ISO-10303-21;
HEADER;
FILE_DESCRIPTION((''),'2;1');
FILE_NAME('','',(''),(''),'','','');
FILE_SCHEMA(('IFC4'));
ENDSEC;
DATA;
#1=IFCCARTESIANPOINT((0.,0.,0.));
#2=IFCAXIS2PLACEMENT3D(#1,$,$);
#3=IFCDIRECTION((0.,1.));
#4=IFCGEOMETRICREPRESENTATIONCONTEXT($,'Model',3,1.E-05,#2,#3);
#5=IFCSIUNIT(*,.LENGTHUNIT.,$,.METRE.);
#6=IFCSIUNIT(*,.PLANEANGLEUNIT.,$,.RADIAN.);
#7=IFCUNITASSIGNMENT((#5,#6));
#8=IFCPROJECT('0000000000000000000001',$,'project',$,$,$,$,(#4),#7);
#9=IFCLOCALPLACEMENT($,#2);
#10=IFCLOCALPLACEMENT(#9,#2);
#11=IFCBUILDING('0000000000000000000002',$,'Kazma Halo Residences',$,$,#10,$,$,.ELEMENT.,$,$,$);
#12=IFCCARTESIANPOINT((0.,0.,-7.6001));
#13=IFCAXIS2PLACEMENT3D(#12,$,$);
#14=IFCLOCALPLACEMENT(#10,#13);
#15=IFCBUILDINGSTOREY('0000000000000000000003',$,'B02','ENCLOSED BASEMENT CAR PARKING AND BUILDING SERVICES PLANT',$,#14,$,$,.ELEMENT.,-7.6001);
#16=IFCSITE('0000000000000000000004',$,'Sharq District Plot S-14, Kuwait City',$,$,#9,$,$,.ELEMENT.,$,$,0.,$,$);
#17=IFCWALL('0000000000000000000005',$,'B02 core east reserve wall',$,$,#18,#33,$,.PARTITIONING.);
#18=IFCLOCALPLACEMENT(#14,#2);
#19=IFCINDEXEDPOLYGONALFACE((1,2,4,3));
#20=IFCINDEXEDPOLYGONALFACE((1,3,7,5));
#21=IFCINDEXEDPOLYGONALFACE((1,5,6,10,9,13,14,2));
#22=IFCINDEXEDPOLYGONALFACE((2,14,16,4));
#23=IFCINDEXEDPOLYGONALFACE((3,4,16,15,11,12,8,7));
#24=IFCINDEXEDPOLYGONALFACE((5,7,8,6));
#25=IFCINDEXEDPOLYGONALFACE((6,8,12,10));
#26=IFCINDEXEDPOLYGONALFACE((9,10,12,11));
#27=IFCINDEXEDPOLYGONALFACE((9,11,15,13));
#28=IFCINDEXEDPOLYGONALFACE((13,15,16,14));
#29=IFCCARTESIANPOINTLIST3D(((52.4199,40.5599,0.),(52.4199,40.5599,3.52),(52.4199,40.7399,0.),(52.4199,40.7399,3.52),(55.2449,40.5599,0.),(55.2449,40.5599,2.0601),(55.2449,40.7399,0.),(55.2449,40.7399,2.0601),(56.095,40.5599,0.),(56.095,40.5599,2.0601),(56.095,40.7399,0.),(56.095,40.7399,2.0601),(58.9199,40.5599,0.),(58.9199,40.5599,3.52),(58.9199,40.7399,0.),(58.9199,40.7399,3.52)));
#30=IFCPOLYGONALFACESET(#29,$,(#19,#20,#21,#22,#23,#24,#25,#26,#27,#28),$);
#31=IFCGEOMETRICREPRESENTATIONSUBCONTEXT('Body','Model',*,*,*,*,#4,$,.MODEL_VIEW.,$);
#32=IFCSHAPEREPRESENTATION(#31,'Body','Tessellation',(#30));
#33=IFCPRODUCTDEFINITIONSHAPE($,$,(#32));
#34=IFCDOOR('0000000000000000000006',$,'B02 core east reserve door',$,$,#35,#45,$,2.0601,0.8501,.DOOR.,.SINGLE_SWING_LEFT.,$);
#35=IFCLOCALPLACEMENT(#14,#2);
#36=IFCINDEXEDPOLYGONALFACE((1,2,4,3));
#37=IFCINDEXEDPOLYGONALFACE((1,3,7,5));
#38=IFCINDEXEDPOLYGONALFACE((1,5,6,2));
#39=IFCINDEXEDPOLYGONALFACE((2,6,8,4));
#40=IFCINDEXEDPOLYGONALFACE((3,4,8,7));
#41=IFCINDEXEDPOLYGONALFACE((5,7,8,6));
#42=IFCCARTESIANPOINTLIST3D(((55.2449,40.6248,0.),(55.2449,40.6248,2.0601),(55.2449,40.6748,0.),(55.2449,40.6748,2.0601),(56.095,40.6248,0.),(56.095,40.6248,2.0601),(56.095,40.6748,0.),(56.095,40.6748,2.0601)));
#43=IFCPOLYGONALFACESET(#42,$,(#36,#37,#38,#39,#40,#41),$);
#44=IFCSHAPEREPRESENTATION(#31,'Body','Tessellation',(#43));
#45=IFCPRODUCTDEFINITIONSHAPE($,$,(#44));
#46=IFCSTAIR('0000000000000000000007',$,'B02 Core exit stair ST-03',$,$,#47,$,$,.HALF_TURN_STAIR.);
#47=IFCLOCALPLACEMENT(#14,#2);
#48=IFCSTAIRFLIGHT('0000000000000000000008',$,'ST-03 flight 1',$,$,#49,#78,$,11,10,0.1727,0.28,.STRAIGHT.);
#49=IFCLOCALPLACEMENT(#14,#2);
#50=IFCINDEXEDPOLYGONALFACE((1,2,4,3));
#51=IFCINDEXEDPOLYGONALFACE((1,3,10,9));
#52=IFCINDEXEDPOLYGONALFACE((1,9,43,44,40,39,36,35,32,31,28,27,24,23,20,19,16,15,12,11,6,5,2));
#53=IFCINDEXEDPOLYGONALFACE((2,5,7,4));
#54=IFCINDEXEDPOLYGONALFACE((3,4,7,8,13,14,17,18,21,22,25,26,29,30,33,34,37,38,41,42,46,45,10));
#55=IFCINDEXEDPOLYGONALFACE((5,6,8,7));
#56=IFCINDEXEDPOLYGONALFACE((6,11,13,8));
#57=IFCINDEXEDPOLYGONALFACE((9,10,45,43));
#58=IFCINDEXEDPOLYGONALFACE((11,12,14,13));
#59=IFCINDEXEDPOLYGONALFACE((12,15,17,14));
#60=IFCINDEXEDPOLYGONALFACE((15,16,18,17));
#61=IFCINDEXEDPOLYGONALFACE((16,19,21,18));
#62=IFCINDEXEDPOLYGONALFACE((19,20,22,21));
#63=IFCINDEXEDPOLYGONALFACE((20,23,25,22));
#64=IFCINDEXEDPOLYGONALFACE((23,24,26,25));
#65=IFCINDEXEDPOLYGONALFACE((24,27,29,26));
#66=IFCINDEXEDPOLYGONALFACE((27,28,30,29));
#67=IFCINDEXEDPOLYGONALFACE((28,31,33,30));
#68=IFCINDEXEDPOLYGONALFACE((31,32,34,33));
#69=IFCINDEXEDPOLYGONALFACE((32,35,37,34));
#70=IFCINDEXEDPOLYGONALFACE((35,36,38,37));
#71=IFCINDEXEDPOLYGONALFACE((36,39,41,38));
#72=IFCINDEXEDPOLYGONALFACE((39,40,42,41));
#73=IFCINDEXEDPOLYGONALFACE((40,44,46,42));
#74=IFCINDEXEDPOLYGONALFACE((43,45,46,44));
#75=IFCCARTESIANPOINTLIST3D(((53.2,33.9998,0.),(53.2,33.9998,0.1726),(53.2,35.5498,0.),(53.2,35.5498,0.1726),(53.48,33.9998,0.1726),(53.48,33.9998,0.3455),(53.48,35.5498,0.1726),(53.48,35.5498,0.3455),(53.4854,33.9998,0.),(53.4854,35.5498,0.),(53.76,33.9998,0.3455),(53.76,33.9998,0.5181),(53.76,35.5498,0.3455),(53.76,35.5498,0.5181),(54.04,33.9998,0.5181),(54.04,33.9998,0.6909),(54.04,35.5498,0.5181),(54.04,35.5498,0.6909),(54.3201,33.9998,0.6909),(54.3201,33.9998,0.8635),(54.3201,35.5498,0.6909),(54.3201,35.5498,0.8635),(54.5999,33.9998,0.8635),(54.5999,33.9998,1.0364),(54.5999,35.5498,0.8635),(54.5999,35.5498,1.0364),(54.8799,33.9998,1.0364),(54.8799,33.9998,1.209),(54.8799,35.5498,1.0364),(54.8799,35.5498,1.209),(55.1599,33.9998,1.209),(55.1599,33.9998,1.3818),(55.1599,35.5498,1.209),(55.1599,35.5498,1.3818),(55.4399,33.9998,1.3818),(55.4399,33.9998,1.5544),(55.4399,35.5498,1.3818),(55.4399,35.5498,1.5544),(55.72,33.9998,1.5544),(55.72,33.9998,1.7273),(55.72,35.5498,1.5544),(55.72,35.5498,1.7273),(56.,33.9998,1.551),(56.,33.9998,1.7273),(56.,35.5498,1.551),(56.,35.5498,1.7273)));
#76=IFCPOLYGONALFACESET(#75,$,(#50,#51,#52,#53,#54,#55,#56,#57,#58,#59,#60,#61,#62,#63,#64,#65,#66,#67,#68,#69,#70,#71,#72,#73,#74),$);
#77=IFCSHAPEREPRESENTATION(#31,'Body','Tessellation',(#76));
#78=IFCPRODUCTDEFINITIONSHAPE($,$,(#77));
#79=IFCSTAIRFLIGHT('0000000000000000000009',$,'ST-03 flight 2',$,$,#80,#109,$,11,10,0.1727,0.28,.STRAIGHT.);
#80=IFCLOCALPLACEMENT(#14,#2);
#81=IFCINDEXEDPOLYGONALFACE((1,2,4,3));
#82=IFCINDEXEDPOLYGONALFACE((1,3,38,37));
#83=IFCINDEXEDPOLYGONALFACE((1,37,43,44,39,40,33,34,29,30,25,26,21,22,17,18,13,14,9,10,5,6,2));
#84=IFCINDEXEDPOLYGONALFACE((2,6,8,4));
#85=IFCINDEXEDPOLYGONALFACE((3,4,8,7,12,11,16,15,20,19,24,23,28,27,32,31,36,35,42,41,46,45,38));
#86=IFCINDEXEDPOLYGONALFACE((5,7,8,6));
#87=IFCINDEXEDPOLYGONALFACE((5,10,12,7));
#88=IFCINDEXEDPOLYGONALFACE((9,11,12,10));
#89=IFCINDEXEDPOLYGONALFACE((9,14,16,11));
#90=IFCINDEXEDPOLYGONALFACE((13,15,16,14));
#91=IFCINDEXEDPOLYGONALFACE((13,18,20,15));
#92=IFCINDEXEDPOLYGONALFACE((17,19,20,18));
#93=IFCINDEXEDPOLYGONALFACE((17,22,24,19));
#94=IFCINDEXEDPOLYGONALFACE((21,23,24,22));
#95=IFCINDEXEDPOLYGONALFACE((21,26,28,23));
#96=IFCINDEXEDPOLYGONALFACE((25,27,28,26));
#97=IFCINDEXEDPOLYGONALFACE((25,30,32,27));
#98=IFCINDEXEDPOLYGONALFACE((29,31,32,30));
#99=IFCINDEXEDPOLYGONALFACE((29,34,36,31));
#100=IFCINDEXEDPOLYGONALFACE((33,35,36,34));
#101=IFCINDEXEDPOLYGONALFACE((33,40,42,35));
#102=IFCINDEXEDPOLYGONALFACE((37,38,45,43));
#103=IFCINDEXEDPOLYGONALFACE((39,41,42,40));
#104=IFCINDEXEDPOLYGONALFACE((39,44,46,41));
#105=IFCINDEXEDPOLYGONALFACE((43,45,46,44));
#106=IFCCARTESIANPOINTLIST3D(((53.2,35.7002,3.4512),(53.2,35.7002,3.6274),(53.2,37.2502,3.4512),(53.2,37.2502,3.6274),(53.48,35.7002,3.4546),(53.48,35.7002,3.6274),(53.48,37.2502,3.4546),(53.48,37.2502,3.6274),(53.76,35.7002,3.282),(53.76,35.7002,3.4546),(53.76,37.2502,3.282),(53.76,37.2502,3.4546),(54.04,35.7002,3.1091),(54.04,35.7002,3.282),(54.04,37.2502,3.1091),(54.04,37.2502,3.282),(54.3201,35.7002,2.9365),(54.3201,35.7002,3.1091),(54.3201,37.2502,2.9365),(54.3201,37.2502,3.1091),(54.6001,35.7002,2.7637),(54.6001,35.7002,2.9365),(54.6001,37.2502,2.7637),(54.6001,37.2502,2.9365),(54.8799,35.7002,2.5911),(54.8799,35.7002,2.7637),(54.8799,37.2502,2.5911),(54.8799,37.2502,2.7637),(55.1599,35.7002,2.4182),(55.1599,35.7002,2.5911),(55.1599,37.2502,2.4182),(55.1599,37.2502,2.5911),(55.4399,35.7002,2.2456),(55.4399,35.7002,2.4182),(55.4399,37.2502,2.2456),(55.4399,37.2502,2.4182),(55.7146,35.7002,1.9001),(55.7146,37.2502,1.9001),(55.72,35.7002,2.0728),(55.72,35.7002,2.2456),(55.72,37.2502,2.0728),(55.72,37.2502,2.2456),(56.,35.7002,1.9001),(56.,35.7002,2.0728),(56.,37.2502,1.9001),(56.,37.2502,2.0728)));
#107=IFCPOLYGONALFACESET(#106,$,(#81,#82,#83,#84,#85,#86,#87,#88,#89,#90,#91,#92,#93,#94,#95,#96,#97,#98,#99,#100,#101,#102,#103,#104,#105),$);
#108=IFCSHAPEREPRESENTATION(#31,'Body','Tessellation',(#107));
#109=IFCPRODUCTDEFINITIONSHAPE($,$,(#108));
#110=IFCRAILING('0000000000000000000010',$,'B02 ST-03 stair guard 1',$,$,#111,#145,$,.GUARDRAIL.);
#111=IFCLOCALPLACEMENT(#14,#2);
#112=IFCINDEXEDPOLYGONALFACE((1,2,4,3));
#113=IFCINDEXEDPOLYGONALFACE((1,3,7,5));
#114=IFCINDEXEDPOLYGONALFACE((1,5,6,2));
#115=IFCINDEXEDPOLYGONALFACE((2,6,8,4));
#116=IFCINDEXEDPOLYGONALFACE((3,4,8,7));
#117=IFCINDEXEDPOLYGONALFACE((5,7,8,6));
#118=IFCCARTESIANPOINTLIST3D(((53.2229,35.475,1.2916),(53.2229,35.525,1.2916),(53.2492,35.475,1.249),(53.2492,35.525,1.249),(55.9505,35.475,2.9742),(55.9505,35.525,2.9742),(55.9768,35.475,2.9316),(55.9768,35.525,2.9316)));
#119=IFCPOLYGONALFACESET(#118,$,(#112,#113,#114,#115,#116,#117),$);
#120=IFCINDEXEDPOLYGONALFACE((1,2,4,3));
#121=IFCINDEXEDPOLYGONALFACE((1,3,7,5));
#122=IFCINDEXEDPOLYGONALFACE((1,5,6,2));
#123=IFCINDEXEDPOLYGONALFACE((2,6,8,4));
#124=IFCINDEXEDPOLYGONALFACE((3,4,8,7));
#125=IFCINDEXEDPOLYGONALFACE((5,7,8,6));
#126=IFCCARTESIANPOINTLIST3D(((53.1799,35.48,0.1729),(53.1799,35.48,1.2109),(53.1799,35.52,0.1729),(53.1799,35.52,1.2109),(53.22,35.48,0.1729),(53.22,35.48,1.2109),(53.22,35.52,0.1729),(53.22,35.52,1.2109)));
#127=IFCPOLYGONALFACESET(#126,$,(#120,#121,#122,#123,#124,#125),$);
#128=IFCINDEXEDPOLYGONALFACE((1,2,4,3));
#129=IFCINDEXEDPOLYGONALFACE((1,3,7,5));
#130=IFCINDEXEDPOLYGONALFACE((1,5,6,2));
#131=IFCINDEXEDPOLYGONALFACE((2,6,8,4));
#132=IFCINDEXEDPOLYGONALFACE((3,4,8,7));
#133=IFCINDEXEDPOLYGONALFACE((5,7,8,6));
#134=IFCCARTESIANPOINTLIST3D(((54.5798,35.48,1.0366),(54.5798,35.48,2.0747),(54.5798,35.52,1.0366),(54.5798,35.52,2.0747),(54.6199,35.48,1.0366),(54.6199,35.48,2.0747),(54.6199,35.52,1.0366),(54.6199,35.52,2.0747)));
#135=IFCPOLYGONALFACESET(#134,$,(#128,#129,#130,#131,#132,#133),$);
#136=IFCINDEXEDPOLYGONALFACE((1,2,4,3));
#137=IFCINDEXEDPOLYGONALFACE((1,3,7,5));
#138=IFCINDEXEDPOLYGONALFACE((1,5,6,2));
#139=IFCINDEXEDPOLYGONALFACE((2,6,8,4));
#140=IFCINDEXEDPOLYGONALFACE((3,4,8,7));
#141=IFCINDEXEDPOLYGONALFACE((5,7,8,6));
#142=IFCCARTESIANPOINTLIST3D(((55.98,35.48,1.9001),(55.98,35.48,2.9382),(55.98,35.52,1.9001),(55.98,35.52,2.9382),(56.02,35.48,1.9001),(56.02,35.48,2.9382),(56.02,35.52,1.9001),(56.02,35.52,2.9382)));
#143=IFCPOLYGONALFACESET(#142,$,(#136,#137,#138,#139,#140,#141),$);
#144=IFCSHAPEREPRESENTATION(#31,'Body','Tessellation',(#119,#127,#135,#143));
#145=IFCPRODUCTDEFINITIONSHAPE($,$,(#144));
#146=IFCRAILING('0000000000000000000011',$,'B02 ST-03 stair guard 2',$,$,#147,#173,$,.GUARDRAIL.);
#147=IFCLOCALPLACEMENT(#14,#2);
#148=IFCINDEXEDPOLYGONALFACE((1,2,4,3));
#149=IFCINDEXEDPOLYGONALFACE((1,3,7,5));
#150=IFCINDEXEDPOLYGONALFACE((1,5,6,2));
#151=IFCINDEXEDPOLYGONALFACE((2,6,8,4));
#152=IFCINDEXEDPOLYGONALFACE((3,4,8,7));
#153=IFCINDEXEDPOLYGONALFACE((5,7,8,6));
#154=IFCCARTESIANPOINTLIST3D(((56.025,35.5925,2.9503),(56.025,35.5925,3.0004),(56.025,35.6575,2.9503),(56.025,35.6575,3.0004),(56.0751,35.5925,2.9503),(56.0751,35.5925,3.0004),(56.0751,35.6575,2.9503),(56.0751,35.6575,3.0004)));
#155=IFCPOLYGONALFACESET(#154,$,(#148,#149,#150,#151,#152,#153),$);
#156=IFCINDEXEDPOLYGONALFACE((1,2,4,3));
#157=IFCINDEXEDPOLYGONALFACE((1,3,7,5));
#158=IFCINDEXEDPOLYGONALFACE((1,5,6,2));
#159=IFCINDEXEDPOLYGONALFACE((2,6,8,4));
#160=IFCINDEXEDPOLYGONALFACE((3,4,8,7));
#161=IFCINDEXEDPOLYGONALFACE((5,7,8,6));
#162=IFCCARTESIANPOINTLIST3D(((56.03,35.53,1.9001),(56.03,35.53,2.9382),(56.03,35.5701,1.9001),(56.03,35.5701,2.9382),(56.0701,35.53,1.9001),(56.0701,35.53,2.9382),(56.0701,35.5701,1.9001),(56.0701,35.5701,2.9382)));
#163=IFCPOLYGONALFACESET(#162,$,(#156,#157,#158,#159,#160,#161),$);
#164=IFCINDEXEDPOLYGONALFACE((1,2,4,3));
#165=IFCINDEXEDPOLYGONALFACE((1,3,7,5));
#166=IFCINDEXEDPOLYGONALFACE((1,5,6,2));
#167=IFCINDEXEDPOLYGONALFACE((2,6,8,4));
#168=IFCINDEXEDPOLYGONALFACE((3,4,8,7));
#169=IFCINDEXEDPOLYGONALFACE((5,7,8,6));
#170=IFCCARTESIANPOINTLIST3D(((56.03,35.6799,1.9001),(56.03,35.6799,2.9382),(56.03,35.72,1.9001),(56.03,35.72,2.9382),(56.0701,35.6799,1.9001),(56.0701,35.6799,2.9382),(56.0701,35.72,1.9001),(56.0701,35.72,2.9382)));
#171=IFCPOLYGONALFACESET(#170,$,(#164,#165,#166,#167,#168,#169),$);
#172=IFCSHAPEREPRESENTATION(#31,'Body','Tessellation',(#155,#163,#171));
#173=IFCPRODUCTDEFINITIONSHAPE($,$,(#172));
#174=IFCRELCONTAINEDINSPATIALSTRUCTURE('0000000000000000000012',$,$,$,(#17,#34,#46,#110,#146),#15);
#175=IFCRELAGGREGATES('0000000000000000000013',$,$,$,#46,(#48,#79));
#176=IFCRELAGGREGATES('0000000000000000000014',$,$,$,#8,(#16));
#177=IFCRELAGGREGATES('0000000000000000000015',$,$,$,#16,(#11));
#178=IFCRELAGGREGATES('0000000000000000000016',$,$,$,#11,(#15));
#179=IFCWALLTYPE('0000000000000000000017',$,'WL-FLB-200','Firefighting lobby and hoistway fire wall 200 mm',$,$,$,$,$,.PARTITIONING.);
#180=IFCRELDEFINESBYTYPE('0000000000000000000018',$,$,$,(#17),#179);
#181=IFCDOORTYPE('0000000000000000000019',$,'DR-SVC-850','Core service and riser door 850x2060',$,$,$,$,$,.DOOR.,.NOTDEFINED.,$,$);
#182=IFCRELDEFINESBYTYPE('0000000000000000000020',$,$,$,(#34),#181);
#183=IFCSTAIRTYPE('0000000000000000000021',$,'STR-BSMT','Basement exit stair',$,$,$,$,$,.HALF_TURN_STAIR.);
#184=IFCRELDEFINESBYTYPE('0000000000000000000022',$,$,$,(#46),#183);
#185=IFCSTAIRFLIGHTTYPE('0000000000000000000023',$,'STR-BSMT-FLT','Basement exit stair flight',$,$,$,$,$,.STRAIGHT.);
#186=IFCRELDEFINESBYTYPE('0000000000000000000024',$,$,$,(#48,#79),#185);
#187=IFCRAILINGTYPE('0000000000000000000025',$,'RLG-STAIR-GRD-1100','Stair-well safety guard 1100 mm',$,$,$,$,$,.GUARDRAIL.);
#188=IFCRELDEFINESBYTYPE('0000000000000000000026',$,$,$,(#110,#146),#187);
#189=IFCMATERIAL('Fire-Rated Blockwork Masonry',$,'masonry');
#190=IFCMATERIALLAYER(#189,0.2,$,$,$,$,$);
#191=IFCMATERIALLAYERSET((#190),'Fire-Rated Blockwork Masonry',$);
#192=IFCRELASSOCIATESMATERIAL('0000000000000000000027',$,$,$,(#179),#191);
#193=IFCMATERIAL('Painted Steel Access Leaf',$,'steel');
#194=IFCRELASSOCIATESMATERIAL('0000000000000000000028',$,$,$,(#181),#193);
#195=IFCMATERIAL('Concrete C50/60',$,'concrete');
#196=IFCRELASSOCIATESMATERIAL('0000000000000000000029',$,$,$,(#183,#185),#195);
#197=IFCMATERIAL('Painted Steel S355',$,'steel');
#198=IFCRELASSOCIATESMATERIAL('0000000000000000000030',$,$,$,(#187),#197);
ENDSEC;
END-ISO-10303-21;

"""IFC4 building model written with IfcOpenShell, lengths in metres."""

from ifc_helpers import new_model, si_unit, direction, frame, frame_2d, origin, origin_2d, place, context, subcontext, project, spatial, polyline, rectangle, outline, extrude, material, layer, layer_set, type_object, element, fill, aggregate, save


model = new_model("IFC4")

# Units and contexts
model_context = context("Model", 3, precision=1e-05, world=origin(), true_north=direction((0.0, 1.0)))
body_context = subcontext(model_context, "Body", "Model", "MODEL_VIEW")
ifc_project = project(units=[si_unit("LENGTHUNIT", "METRE"), si_unit("PLANEANGLEUNIT", "RADIAN")], contexts=[model_context])

# Site, building, storey
site_placement = place(None, origin())
site = spatial("IfcSite", under=ifc_project, at=site_placement, Name="Sharq District Plot S-14, Kuwait City", CompositionType="ELEMENT", RefElevation=0.0)
building_placement = place(site_placement, origin())
building = spatial("IfcBuilding", under=site, at=building_placement, Name="Kazma Halo Residences", CompositionType="ELEMENT")
storey_placement = place(building_placement, frame((0.0, 0.0, -7.6001)))
storey = spatial("IfcBuildingStorey", under=building, at=storey_placement, Name="B02", Description="ENCLOSED BASEMENT CAR PARKING AND BUILDING SERVICES PLANT", CompositionType="ELEMENT", Elevation=-7.6001)

# Shared definitions
ifc_material_1 = material(Name="Fire-Rated Blockwork Masonry", Category="masonry")
ifc_layer_1 = layer(ifc_material_1, 0.2)
ifc_layer_set_1 = layer_set([ifc_layer_1], Name="Fire-Rated Blockwork Masonry")
wall_type_1 = type_object("IfcWallType", Name="WL-FLB-200", Description="Firefighting lobby and hoistway fire wall 200 mm", PredefinedType="PARTITIONING", material=ifc_layer_set_1)

# Wall, opening, door
wall_1_placement = place(storey_placement, frame((52.4199, 40.6499, 0.0), z_axis=(0.0, 0.0, 1.0), x_axis=(1.0, 0.0, 0.0)))
wall_1 = element("IfcWall", 1, at=wall_1_placement, inside=storey, type_object=wall_type_1, Name="B02 core east reserve wall", PredefinedType="PARTITIONING", context=body_context, shape_type="SweptSolid", body=[
    extrude(rectangle(XDim=6.5, YDim=0.1799, at=frame_2d((3.25, 0.0))), origin(), (0.0, 0.0, 1.0), 3.52),
])
opening_1_placement = place(wall_1_placement, frame((2.825, 0.0, 0.0)))
opening_1 = element("IfcOpeningElement", 2, at=opening_1_placement, cuts=wall_1, PredefinedType="OPENING", context=body_context, shape_type="SweptSolid", body=[
    extrude(rectangle(XDim=0.8501, YDim=2.0601, at=frame_2d((0.425, 1.03))), frame((0.0, 0.0999, 0.0), z_axis=(0.0, -1.0, 0.0), x_axis=(1.0, 0.0, 0.0)), (0.0, 0.0, 1.0), 0.2),
])
ifc_material_2 = material(Name="Painted Steel Access Leaf", Category="steel")
door_type_1 = type_object("IfcDoorType", Name="DR-SVC-850", Description="Core service and riser door 850x2060", OperationType="NOTDEFINED", PredefinedType="DOOR", material=ifc_material_2)
door_1_placement = place(opening_1_placement, origin())
door_1 = element("IfcDoor", 3, at=door_1_placement, inside=storey, type_object=door_type_1, Name="B02 core east reserve door", OperationType="SINGLE_SWING_LEFT", OverallHeight=2.0601, OverallWidth=0.8501, PredefinedType="DOOR", context=body_context, shape_type="SweptSolid", body=[
    extrude(rectangle(XDim=0.8501, YDim=2.0601, at=frame_2d((0.425, 1.03))), frame((0.0, 0.0249, 0.0), z_axis=(0.0, -1.0, 0.0), x_axis=(1.0, 0.0, 0.0)), (0.0, 0.0, 1.0), 0.05),
])
fill(opening_1, door_1)
ifc_material_3 = material(Name="Concrete C50/60", Category="concrete")

# Stair, stair flights
stair_type = type_object("IfcStairType", Name="STR-BSMT", Description="Basement exit stair", PredefinedType="HALF_TURN_STAIR", material=ifc_material_3)
stair_placement = place(storey_placement, origin())
stair = element("IfcStair", 4, at=stair_placement, inside=storey, type_object=stair_type, Name="B02 Core exit stair ST-03", PredefinedType="HALF_TURN_STAIR")
stair_flight_type = type_object("IfcStairFlightType", Name="STR-BSMT-FLT", Description="Basement exit stair flight", PredefinedType="STRAIGHT", material=ifc_material_3)
stair_flight_1_placement = place(storey_placement, frame((53.2, 34.7749, 0.0), z_axis=(0.0, 0.0, 1.0), x_axis=(1.0, 0.0, 0.0)))
stair_flight_1 = element("IfcStairFlight", 5, at=stair_flight_1_placement, type_object=stair_flight_type, Name="ST-03 flight 1", NumberOfRisers=11, NumberOfTreads=10, PredefinedType="STRAIGHT", RiserHeight=0.1727, TreadLength=0.28, context=body_context, shape_type="SweptSolid", body=[
    extrude(outline(polyline([(0.0, 0.0), (0.0, 0.1726), (0.28, 0.1726), (0.28, 0.3455), (0.5601, 0.3455), (0.5601, 0.5181), (0.8401, 0.5181), (0.8401, 0.6909), (1.1201, 0.6909), (1.1201, 0.8635), (1.3999, 0.8635), (1.3999, 1.0364), (1.6799, 1.0364), (1.6799, 1.209), (1.96, 1.209), (1.96, 1.3818), (2.24, 1.3818), (2.24, 1.5544), (2.52, 1.5544), (2.52, 1.7273), (2.8, 1.7273), (2.8, 1.8999), (2.8, 1.551), (0.2854, 0.0), (0.0, 0.0)])), frame((0.0, 0.7749, 0.0), z_axis=(0.0, -1.0, 0.0), x_axis=(1.0, 0.0, 0.0)), (0.0, 0.0, 1.0), 1.55),
])
stair_flight_2_placement = place(storey_placement, frame((56.0, 36.4751, 1.9001), z_axis=(0.0, 0.0, 1.0), x_axis=(-1.0, 0.0, 0.0)))
stair_flight_2 = element("IfcStairFlight", 6, at=stair_flight_2_placement, type_object=stair_flight_type, Name="ST-03 flight 2", NumberOfRisers=11, NumberOfTreads=10, PredefinedType="STRAIGHT", RiserHeight=0.1727, TreadLength=0.28, context=body_context, shape_type="SweptSolid", body=[
    extrude(outline(polyline([(0.0, 0.0), (0.0, 0.1726), (0.28, 0.1726), (0.28, 0.3455), (0.5601, 0.3455), (0.5601, 0.5181), (0.8401, 0.5181), (0.8401, 0.6909), (1.1201, 0.6909), (1.1201, 0.8635), (1.3999, 0.8635), (1.3999, 1.0364), (1.6799, 1.0364), (1.6799, 1.209), (1.96, 1.209), (1.96, 1.3818), (2.24, 1.3818), (2.24, 1.5544), (2.52, 1.5544), (2.52, 1.7273), (2.8, 1.7273), (2.8, 1.8999), (2.8, 1.551), (0.2854, 0.0), (0.0, 0.0)])), frame((0.0, 0.7749, 0.0), z_axis=(0.0, -1.0, 0.0), x_axis=(1.0, 0.0, 0.0)), (0.0, 0.0, 1.0), 1.55),
])
aggregate(stair, [stair_flight_1, stair_flight_2])

# Railings
ifc_material_4 = material(Name="Painted Steel S355", Category="steel")
railing_type_1 = type_object("IfcRailingType", Name="RLG-STAIR-GRD-1100", Description="Stair-well safety guard 1100 mm", PredefinedType="GUARDRAIL", material=ifc_material_4)
railing_1_placement = place(storey_placement, frame((53.2, 35.5, 0.1729)))
element("IfcRailing", 7, at=railing_1_placement, inside=storey, type_object=railing_type_1, Name="B02 ST-03 stair guard 1", PredefinedType="GUARDRAIL", context=body_context, shape_type="SweptSolid", body=[
    extrude(rectangle(XDim=0.05, YDim=0.05, at=origin_2d()), frame((0.0361, 0.0, 1.0974), z_axis=(0.85109, 0.0, 0.52502), x_axis=(0.0, 1.0, 0.0)), (0.0, 0.0, 1.0), 3.2048),
    extrude(rectangle(XDim=0.04, YDim=0.04, at=origin_2d()), origin(), (0.0, 0.0, 1.0), 1.0381),
    extrude(rectangle(XDim=0.04, YDim=0.04, at=origin_2d()), frame((1.3999, 0.0, 0.8638)), (0.0, 0.0, 1.0), 1.0381),
    extrude(rectangle(XDim=0.04, YDim=0.04, at=origin_2d()), frame((2.8, 0.0, 1.7273)), (0.0, 0.0, 1.0), 1.0381),
])
railing_2_placement = place(storey_placement, frame((56.05, 35.55, 1.9001)))
element("IfcRailing", 8, at=railing_2_placement, inside=storey, type_object=railing_type_1, Name="B02 ST-03 stair guard 2", PredefinedType="GUARDRAIL", context=body_context, shape_type="SweptSolid", body=[
    extrude(rectangle(XDim=0.05, YDim=0.05, at=origin_2d()), frame((0.0, 0.0425, 1.0752), z_axis=(0.0, 1.0, 0.0), x_axis=(-1.0, 0.0, 0.0)), (0.0, 0.0, 1.0), 0.0649),
    extrude(rectangle(XDim=0.04, YDim=0.04, at=origin_2d()), origin(), (0.0, 0.0, 1.0), 1.0381),
    extrude(rectangle(XDim=0.04, YDim=0.04, at=origin_2d()), frame((0.0, 0.1499, 0.0)), (0.0, 0.0, 1.0), 1.0381),
])

save(model, "model.ifc")
